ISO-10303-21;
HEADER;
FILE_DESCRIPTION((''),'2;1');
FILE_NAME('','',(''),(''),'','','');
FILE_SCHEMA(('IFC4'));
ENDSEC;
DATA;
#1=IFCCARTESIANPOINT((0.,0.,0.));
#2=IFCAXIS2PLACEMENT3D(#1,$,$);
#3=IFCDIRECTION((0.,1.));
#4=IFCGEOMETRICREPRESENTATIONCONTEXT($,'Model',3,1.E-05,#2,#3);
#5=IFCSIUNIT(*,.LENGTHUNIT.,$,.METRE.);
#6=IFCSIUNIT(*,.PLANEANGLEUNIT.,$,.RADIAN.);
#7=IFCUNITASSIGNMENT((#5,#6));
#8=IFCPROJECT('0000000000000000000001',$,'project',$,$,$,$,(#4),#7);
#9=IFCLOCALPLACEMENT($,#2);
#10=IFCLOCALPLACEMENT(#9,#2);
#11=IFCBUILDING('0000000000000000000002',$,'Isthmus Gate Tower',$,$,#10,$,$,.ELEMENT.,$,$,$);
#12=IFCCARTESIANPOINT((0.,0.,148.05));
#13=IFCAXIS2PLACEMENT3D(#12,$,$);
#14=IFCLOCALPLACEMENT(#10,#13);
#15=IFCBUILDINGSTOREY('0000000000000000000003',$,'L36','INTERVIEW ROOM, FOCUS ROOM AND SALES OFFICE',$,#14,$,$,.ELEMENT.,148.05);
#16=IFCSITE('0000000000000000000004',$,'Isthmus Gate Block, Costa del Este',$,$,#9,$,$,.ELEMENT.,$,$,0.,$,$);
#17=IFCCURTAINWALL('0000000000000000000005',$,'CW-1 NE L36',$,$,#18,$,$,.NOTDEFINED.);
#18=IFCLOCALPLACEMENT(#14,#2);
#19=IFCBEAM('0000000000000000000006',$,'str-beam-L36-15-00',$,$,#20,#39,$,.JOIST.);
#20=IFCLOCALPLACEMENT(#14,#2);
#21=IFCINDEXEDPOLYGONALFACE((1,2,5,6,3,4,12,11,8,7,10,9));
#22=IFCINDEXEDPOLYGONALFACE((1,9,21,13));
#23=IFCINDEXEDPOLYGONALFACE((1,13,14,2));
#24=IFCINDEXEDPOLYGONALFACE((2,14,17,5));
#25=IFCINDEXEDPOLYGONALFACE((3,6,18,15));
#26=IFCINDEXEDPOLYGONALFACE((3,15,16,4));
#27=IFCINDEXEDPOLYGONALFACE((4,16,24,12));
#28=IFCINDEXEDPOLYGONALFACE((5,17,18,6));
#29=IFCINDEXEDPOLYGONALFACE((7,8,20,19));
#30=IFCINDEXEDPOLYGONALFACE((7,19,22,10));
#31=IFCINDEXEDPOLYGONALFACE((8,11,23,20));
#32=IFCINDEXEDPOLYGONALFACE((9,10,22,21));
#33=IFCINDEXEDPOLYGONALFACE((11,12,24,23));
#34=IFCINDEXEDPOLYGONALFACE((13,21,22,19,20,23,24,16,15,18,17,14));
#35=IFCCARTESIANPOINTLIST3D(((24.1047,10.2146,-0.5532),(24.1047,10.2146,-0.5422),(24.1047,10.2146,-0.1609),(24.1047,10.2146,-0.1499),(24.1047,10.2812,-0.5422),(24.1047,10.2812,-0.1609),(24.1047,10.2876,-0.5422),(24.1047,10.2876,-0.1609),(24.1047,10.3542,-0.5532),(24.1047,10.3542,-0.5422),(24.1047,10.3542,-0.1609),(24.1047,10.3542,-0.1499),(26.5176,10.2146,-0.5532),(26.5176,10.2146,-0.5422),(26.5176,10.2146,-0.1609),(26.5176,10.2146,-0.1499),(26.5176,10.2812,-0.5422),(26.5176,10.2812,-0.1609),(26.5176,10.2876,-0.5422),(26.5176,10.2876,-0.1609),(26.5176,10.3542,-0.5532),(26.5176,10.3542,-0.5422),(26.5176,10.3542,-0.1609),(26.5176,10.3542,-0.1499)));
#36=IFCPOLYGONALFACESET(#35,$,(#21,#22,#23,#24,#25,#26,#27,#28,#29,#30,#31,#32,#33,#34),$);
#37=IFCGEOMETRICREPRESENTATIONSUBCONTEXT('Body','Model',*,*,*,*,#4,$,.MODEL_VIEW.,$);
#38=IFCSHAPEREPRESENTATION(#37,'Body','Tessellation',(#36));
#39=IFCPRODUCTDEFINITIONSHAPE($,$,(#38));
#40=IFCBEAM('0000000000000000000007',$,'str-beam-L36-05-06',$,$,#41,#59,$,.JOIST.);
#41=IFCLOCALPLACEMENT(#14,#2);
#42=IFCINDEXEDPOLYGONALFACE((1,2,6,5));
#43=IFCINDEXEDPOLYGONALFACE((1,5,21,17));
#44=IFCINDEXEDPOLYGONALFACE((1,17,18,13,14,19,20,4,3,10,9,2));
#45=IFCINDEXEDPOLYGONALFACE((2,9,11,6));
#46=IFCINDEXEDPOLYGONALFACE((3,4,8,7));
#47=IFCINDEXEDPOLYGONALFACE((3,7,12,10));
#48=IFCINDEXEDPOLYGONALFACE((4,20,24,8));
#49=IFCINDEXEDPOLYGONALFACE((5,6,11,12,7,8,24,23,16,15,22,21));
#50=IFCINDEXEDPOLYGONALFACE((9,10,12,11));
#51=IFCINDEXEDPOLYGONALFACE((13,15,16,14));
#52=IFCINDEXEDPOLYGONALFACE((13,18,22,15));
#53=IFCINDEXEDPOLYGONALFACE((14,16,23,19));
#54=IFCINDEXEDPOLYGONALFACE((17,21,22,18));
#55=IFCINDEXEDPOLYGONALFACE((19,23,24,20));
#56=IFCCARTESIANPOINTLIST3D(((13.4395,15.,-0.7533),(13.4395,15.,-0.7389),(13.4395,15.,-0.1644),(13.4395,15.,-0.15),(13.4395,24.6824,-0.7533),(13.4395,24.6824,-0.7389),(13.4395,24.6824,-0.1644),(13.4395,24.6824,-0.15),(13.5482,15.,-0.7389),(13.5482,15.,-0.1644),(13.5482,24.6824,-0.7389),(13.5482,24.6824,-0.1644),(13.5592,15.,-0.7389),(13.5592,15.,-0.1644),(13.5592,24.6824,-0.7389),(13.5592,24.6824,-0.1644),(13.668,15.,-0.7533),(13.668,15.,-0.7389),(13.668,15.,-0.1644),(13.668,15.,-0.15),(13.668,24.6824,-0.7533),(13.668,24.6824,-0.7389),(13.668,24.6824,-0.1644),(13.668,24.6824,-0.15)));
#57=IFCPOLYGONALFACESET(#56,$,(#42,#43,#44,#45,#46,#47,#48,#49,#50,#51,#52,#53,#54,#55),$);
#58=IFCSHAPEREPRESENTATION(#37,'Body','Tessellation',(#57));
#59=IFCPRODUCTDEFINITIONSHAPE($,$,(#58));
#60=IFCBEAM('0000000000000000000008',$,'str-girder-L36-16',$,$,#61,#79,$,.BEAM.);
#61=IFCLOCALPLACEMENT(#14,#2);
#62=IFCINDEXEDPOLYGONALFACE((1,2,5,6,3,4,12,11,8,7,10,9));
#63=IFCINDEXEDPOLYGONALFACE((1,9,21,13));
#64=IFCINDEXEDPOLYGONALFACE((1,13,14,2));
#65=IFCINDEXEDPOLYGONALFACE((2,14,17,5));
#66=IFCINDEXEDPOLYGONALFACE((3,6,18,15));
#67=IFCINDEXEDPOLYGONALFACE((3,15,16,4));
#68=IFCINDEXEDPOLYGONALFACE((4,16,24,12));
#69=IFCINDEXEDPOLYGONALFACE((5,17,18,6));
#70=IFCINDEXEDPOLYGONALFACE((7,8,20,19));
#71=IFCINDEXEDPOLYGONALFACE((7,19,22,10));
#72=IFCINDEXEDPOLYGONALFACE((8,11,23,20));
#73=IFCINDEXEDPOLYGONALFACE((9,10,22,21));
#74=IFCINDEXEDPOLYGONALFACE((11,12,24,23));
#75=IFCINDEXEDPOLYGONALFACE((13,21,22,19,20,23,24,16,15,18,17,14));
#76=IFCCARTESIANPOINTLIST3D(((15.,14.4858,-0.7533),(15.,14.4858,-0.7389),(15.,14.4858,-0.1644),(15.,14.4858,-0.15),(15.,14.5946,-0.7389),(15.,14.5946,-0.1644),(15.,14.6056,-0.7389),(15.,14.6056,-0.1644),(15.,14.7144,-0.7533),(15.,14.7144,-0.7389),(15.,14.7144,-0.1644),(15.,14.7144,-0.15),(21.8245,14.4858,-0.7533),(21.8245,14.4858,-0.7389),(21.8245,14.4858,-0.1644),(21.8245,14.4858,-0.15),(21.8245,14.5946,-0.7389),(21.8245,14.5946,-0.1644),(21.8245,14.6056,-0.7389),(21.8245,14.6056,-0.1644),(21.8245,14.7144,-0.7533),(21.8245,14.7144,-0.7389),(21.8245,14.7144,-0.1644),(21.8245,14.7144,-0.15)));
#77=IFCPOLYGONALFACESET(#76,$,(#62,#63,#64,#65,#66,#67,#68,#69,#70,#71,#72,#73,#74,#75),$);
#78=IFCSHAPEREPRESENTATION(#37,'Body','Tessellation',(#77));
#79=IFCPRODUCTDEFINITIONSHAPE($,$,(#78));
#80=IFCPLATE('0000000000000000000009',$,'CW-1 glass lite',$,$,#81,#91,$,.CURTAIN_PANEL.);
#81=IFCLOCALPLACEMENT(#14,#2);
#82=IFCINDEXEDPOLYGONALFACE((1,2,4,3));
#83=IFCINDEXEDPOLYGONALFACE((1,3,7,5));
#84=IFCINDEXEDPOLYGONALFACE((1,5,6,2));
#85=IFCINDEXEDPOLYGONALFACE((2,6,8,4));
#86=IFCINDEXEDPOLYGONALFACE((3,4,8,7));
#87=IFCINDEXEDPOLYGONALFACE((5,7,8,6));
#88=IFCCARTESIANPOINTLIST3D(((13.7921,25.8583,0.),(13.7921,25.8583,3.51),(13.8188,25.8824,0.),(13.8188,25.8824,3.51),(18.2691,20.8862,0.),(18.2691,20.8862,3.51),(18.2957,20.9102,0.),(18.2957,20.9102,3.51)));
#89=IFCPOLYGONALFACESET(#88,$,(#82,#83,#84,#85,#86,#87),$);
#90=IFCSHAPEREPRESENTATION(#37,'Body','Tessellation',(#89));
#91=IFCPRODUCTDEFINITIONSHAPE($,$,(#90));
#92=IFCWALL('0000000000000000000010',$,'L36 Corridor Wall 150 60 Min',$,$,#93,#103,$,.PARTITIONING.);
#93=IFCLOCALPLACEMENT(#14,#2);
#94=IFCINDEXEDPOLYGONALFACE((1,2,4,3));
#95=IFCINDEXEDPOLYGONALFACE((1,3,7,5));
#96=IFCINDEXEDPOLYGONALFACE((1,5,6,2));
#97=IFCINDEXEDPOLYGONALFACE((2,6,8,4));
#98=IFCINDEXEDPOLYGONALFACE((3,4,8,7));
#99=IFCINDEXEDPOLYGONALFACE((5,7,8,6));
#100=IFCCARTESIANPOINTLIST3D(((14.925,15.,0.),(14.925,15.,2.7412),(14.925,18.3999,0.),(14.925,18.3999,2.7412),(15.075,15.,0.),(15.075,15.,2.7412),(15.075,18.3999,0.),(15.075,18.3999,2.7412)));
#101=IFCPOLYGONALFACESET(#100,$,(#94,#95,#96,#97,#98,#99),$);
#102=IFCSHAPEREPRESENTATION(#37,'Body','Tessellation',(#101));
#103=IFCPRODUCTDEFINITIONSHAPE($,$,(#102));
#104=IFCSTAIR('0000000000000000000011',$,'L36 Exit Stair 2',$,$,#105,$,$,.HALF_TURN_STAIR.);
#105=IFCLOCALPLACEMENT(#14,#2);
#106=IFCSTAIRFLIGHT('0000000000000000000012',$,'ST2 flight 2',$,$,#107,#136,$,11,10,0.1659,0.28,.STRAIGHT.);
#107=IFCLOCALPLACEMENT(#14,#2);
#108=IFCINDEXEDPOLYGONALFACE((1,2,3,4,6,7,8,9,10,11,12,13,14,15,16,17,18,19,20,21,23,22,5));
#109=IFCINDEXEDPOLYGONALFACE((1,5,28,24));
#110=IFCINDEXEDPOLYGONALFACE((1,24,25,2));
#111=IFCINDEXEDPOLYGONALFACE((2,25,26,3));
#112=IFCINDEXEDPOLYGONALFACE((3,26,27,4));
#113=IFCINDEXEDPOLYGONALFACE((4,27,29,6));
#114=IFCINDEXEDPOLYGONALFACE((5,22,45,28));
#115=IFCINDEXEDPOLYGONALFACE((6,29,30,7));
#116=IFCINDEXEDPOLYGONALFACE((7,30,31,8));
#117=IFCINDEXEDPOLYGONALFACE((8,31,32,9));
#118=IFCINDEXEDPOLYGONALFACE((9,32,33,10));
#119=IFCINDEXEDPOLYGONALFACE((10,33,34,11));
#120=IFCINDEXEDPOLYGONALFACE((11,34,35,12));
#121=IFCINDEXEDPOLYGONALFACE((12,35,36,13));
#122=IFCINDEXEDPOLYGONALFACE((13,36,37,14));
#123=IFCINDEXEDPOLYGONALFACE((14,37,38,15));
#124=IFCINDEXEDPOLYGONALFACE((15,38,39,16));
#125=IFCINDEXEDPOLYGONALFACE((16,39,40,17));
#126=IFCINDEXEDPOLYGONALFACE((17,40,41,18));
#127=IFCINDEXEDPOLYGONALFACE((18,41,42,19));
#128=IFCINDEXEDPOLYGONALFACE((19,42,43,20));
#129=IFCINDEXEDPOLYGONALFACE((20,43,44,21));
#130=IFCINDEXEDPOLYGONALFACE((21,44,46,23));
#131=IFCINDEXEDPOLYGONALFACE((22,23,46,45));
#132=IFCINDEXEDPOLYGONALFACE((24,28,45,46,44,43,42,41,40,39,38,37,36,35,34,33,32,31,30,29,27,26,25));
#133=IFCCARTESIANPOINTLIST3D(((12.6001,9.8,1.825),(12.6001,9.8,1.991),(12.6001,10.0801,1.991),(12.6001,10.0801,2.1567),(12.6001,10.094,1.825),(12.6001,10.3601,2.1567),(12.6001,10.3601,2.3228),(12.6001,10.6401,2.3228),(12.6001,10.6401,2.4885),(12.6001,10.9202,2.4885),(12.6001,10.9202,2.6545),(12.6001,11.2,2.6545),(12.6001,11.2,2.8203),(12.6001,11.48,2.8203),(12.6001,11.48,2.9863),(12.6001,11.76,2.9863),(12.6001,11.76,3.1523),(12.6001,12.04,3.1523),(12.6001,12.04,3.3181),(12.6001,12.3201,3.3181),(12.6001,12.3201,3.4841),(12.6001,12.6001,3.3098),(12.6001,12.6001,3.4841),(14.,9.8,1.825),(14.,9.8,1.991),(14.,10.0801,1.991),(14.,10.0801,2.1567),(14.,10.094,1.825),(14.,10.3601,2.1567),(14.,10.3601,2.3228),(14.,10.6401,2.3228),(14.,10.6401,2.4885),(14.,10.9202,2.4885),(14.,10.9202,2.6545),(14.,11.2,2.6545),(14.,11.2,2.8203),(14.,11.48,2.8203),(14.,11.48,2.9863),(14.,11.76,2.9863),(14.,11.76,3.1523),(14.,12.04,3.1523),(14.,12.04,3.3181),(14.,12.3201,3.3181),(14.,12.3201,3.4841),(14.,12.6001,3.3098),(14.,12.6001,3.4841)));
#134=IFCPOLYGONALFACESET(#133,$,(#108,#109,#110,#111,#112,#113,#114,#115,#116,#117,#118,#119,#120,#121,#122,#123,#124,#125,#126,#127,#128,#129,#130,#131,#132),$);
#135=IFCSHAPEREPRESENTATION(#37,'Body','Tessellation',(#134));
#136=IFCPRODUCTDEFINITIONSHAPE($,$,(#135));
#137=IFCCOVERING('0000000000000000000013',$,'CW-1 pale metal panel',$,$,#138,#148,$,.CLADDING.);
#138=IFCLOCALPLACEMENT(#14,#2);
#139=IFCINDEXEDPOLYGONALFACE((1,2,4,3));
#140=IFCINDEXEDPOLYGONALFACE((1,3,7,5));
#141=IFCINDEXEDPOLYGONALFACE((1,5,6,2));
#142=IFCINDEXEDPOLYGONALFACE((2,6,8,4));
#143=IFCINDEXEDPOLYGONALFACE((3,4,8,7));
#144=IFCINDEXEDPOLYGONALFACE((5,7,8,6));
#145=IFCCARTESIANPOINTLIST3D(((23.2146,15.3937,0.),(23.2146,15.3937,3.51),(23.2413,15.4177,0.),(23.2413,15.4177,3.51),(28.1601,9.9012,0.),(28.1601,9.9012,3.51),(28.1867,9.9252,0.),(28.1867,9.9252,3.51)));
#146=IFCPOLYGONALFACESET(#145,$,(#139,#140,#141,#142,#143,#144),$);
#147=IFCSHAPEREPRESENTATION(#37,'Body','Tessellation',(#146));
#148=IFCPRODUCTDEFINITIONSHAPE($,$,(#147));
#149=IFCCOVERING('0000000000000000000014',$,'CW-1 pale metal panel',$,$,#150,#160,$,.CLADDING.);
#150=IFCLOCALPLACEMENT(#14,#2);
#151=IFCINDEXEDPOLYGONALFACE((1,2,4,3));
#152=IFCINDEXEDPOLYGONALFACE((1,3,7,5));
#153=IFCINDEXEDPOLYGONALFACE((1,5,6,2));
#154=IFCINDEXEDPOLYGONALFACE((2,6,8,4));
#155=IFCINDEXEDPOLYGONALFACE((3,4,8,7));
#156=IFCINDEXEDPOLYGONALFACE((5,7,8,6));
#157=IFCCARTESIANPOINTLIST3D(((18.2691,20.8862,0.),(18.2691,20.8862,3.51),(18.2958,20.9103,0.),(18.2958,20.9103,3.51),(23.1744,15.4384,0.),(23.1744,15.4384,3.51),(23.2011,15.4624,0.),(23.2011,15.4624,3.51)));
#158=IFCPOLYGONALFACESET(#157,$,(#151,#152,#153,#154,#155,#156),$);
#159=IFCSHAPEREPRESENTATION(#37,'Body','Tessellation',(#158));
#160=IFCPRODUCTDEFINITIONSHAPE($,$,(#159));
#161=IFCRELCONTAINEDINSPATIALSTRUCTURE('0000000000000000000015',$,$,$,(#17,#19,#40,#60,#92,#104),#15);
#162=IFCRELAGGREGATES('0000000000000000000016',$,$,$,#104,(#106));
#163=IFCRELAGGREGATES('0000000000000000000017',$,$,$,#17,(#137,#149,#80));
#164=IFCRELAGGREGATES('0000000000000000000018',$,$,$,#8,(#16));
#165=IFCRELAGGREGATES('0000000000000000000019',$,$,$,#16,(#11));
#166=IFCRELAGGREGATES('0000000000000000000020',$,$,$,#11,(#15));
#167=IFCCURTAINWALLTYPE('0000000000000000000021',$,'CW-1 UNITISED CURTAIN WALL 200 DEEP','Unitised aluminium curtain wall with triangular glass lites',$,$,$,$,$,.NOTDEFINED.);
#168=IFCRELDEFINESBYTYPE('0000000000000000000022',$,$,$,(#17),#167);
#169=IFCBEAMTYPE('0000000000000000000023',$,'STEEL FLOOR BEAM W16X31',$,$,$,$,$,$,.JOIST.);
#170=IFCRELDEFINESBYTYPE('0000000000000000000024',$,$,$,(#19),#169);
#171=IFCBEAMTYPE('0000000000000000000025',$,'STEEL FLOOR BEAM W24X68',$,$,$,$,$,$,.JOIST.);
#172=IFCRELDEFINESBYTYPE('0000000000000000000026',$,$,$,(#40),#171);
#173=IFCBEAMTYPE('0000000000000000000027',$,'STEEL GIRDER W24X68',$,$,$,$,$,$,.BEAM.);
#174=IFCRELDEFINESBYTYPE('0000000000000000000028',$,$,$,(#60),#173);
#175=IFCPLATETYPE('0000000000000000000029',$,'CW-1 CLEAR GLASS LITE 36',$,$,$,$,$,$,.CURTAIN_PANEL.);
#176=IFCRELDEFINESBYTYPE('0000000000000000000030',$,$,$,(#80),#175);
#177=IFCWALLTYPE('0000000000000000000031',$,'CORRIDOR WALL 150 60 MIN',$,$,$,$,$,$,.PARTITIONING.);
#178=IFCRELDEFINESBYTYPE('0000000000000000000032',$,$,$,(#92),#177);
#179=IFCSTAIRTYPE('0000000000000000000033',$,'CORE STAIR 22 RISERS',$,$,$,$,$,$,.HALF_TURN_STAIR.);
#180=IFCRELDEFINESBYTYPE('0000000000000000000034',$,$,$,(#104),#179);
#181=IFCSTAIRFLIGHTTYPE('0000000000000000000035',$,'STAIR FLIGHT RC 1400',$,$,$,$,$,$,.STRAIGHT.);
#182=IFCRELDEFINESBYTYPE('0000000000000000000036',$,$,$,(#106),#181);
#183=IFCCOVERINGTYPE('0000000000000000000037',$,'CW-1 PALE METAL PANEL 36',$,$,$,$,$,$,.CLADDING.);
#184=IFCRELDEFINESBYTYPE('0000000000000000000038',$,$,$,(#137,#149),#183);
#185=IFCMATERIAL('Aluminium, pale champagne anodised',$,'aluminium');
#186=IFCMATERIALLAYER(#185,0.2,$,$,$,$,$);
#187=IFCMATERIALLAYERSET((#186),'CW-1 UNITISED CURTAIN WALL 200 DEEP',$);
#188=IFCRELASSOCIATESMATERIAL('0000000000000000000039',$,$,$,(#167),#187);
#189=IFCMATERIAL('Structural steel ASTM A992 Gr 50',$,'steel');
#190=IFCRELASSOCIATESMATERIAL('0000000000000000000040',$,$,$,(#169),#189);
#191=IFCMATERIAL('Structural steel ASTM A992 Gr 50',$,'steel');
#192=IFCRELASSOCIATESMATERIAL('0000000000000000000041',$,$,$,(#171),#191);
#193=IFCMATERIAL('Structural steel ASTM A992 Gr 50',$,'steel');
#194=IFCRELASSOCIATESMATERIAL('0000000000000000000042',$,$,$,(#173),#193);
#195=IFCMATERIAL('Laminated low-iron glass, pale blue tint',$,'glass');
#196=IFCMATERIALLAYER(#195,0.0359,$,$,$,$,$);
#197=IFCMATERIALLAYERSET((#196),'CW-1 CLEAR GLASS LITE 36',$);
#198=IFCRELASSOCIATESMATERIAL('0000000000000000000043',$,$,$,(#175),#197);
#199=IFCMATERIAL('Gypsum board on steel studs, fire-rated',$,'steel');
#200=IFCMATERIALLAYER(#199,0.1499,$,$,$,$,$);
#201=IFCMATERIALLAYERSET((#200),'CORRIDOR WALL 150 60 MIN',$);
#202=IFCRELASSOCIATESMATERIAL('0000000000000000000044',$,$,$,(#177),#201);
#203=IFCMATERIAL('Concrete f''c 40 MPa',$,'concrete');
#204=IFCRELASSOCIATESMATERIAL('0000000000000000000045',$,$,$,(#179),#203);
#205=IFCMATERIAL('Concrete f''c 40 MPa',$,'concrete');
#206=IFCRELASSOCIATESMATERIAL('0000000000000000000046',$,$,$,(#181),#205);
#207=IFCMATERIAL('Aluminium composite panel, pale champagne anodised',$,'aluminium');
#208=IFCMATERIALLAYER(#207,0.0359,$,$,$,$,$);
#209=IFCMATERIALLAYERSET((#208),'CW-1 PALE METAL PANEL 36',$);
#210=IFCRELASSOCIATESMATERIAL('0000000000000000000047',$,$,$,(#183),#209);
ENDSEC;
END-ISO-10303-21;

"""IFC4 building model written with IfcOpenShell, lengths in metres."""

from ifc_helpers import new_model, si_unit, direction, frame, frame_2d, origin, origin_2d, place, context, subcontext, project, spatial, polyline, rectangle, i_section, outline, extrude, material, layer, layer_set, material_profile, profile_set, type_object, element, aggregate, save


model = new_model("IFC4")

# Units and contexts
model_context = context("Model", 3, precision=1e-05, world=origin(), true_north=direction((0.0, 1.0)))
body_context = subcontext(model_context, "Body", "Model", "MODEL_VIEW")
ifc_project = project(units=[si_unit("LENGTHUNIT", "METRE"), si_unit("PLANEANGLEUNIT", "RADIAN")], contexts=[model_context])

# Site, building, storey
site_placement = place(None, origin())
site = spatial("IfcSite", under=ifc_project, at=site_placement, Name="Isthmus Gate Block, Costa del Este", CompositionType="ELEMENT", RefElevation=0.0)
building_placement = place(site_placement, origin())
building = spatial("IfcBuilding", under=site, at=building_placement, Name="Isthmus Gate Tower", CompositionType="ELEMENT")
storey_placement = place(building_placement, frame((0.0, 0.0, 148.05)))
storey = spatial("IfcBuildingStorey", under=building, at=storey_placement, Name="L36", Description="INTERVIEW ROOM, FOCUS ROOM AND SALES OFFICE", CompositionType="ELEMENT", Elevation=148.05)

# Curtain wall
ifc_material_1 = material(Name="Aluminium, pale champagne anodised", Category="aluminium")
ifc_layer_1 = layer(ifc_material_1, 0.2)
ifc_layer_set_1 = layer_set([ifc_layer_1], Name="CW-1 UNITISED CURTAIN WALL 200 DEEP")
curtain_wall_type = type_object("IfcCurtainWallType", Name="CW-1 UNITISED CURTAIN WALL 200 DEEP", Description="Unitised aluminium curtain wall with triangular glass lites", PredefinedType="NOTDEFINED", material=ifc_layer_set_1)
curtain_wall_1_placement = place(storey_placement, origin())
curtain_wall_1 = element("IfcCurtainWall", 1, at=curtain_wall_1_placement, inside=storey, type_object=curtain_wall_type, Name="CW-1 NE L36", PredefinedType="NOTDEFINED")

# Beams
ifc_material_2 = material(Name="Structural steel ASTM A992 Gr 50", Category="steel")
ifc_material_profile_1 = material_profile(ifc_material_2, i_section(OverallWidth=0.1396, OverallDepth=0.4033, WebThickness=0.0063, FlangeThickness=0.011, at=origin_2d()), Name="W16X31")
ifc_profile_set_1 = profile_set([ifc_material_profile_1], Name="Structural steel ASTM A992 Gr 50")
beam_type_1 = type_object("IfcBeamType", Name="STEEL FLOOR BEAM W16X31", PredefinedType="JOIST", material=ifc_profile_set_1)
beam_1_placement = place(storey_placement, frame((24.1047, 10.2844, -0.3516), z_axis=(1.0, 0.0, 0.0), x_axis=(0.0, 1.0, 0.0)))
element("IfcBeam", 2, at=beam_1_placement, inside=storey, type_object=beam_type_1, Name="str-beam-L36-15-00", PredefinedType="JOIST", context=body_context, shape_type="SweptSolid", body=[
    extrude(i_section(OverallWidth=0.1396, OverallDepth=0.4033, WebThickness=0.0063, FlangeThickness=0.011, at=origin_2d()), origin(), (0.0, 0.0, 1.0), 2.4128),
])
ifc_material_3 = material(Name="Structural steel ASTM A992 Gr 50", Category="steel")
ifc_material_profile_2 = material_profile(ifc_material_3, i_section(OverallWidth=0.2285, OverallDepth=0.6033, WebThickness=0.011, FlangeThickness=0.0144, at=origin_2d()), Name="W24X68")
ifc_profile_set_2 = profile_set([ifc_material_profile_2], Name="Structural steel ASTM A992 Gr 50")
beam_type_2 = type_object("IfcBeamType", Name="STEEL FLOOR BEAM W24X68", PredefinedType="JOIST", material=ifc_profile_set_2)
beam_2_placement = place(storey_placement, frame((13.5537, 15.0, -0.4517), z_axis=(0.0, 1.0, 0.0), x_axis=(-1.0, 0.0, 0.0)))
element("IfcBeam", 3, at=beam_2_placement, inside=storey, type_object=beam_type_2, Name="str-beam-L36-05-06", PredefinedType="JOIST", context=body_context, shape_type="SweptSolid", body=[
    extrude(i_section(OverallWidth=0.2285, OverallDepth=0.6033, WebThickness=0.011, FlangeThickness=0.0144, at=origin_2d()), origin(), (0.0, 0.0, 1.0), 9.6824),
])
ifc_material_4 = material(Name="Structural steel ASTM A992 Gr 50", Category="steel")
ifc_material_profile_3 = material_profile(ifc_material_4, i_section(OverallWidth=0.2285, OverallDepth=0.6033, WebThickness=0.011, FlangeThickness=0.0144, at=origin_2d()), Name="W24X68")
ifc_profile_set_3 = profile_set([ifc_material_profile_3], Name="Structural steel ASTM A992 Gr 50")
beam_type_3 = type_object("IfcBeamType", Name="STEEL GIRDER W24X68", PredefinedType="BEAM", material=ifc_profile_set_3)
beam_3_placement = place(storey_placement, frame((15.0, 14.6001, -0.4517), z_axis=(1.0, 0.0, 0.0), x_axis=(0.0, 1.0, 0.0)))
element("IfcBeam", 4, at=beam_3_placement, inside=storey, type_object=beam_type_3, Name="str-girder-L36-16", PredefinedType="BEAM", context=body_context, shape_type="SweptSolid", body=[
    extrude(i_section(OverallWidth=0.2285, OverallDepth=0.6033, WebThickness=0.011, FlangeThickness=0.0144, at=origin_2d()), origin(), (0.0, 0.0, 1.0), 6.8245),
])

# Plate
ifc_material_5 = material(Name="Laminated low-iron glass, pale blue tint", Category="glass")
ifc_layer_2 = layer(ifc_material_5, 0.0359)
ifc_layer_set_2 = layer_set([ifc_layer_2], Name="CW-1 CLEAR GLASS LITE 36")
plate_type = type_object("IfcPlateType", Name="CW-1 CLEAR GLASS LITE 36", PredefinedType="CURTAIN_PANEL", material=ifc_layer_set_2)
plate_placement = place(storey_placement, frame((16.0439, 23.3843, 0.0), z_axis=(0.0, 0.0, 1.0), x_axis=(-0.669131, 0.743145, 0.0)))
plate = element("IfcPlate", 5, at=plate_placement, type_object=plate_type, Name="CW-1 glass lite", PredefinedType="CURTAIN_PANEL", context=body_context, shape_type="SweptSolid", body=[
    extrude(rectangle(XDim=6.6907, YDim=0.0359, at=origin_2d()), origin(), (0.0, 0.0, 1.0), 3.51),
])

# Wall
ifc_material_6 = material(Name="Gypsum board on steel studs, fire-rated", Category="steel")
ifc_layer_3 = layer(ifc_material_6, 0.1499)
ifc_layer_set_3 = layer_set([ifc_layer_3], Name="CORRIDOR WALL 150 60 MIN")
wall_type = type_object("IfcWallType", Name="CORRIDOR WALL 150 60 MIN", PredefinedType="PARTITIONING", material=ifc_layer_set_3)
wall_placement = place(storey_placement, frame((15.0, 18.3999, 0.0), z_axis=(0.0, 0.0, 1.0), x_axis=(0.0, -1.0, 0.0)))
element("IfcWall", 6, at=wall_placement, inside=storey, type_object=wall_type, Name="L36 Corridor Wall 150 60 Min", PredefinedType="PARTITIONING", context=body_context, shape_type="SweptSolid", body=[
    extrude(rectangle(XDim=3.3999, YDim=0.1499, at=frame_2d((1.7, 0.0))), origin(), (0.0, 0.0, 1.0), 2.7412),
])

# Stair, stair flight
ifc_material_7 = material(Name="Concrete f'c 40 MPa", Category="concrete")
stair_type = type_object("IfcStairType", Name="CORE STAIR 22 RISERS", PredefinedType="HALF_TURN_STAIR", material=ifc_material_7)
stair_placement = place(storey_placement, origin())
stair = element("IfcStair", 7, at=stair_placement, inside=storey, type_object=stair_type, Name="L36 Exit Stair 2", PredefinedType="HALF_TURN_STAIR")
ifc_material_8 = material(Name="Concrete f'c 40 MPa", Category="concrete")
stair_flight_type = type_object("IfcStairFlightType", Name="STAIR FLIGHT RC 1400", PredefinedType="STRAIGHT", material=ifc_material_8)
stair_flight_placement = place(storey_placement, frame((13.3, 9.8, 1.825), z_axis=(0.0, 0.0, 1.0), x_axis=(0.0, 1.0, 0.0)))
stair_flight = element("IfcStairFlight", 8, at=stair_flight_placement, type_object=stair_flight_type, Name="ST2 flight 2", NumberOfRisers=11, NumberOfTreads=10, PredefinedType="STRAIGHT", RiserHeight=0.1659, TreadLength=0.28, context=body_context, shape_type="SweptSolid", body=[
    extrude(outline(polyline([(0.0, 0.0), (0.0, 0.166), (0.28, 0.166), (0.28, 0.3318), (0.5601, 0.3318), (0.5601, 0.4978), (0.8401, 0.4978), (0.8401, 0.6636), (1.1201, 0.6636), (1.1201, 0.8296), (1.3999, 0.8296), (1.3999, 0.9954), (1.6799, 0.9954), (1.6799, 1.1614), (1.96, 1.1614), (1.96, 1.3274), (2.24, 1.3274), (2.24, 1.4932), (2.52, 1.4932), (2.52, 1.6592), (2.8, 1.6592), (2.8, 1.825), (2.8, 1.4849), (0.2939, 0.0), (0.0, 0.0)])), frame((0.0, 0.7, 0.0), z_axis=(0.0, -1.0, 0.0), x_axis=(1.0, 0.0, 0.0)), (0.0, 0.0, 1.0), 1.3999),
])
aggregate(stair, [stair_flight])

# Coverings
ifc_material_9 = material(Name="Aluminium composite panel, pale champagne anodised", Category="aluminium")
ifc_layer_4 = layer(ifc_material_9, 0.0359)
ifc_layer_set_4 = layer_set([ifc_layer_4], Name="CW-1 PALE METAL PANEL 36")
covering_type = type_object("IfcCoveringType", Name="CW-1 PALE METAL PANEL 36", PredefinedType="CLADDING", material=ifc_layer_set_4)
covering_1_placement = place(storey_placement, frame((25.7007, 12.6594, 0.0), z_axis=(0.0, 0.0, 1.0), x_axis=(-0.669131, 0.743145, 0.0)))
covering_1 = element("IfcCovering", 9, at=covering_1_placement, type_object=covering_type, Name="CW-1 pale metal panel", PredefinedType="CLADDING", context=body_context, shape_type="SweptSolid", body=[
    extrude(rectangle(XDim=7.3909, YDim=0.0359, at=origin_2d()), origin(), (0.0, 0.0, 1.0), 3.51),
])
covering_2_placement = place(storey_placement, frame((20.7351, 18.1743, 0.0), z_axis=(0.0, 0.0, 1.0), x_axis=(-0.669131, 0.743145, 0.0)))
covering_2 = element("IfcCovering", 10, at=covering_2_placement, type_object=covering_type, Name="CW-1 pale metal panel", PredefinedType="CLADDING", context=body_context, shape_type="SweptSolid", body=[
    extrude(rectangle(XDim=7.3308, YDim=0.0359, at=origin_2d()), origin(), (0.0, 0.0, 1.0), 3.51),
])
aggregate(curtain_wall_1, [covering_1, covering_2, plate])

save(model, "model.ifc")
